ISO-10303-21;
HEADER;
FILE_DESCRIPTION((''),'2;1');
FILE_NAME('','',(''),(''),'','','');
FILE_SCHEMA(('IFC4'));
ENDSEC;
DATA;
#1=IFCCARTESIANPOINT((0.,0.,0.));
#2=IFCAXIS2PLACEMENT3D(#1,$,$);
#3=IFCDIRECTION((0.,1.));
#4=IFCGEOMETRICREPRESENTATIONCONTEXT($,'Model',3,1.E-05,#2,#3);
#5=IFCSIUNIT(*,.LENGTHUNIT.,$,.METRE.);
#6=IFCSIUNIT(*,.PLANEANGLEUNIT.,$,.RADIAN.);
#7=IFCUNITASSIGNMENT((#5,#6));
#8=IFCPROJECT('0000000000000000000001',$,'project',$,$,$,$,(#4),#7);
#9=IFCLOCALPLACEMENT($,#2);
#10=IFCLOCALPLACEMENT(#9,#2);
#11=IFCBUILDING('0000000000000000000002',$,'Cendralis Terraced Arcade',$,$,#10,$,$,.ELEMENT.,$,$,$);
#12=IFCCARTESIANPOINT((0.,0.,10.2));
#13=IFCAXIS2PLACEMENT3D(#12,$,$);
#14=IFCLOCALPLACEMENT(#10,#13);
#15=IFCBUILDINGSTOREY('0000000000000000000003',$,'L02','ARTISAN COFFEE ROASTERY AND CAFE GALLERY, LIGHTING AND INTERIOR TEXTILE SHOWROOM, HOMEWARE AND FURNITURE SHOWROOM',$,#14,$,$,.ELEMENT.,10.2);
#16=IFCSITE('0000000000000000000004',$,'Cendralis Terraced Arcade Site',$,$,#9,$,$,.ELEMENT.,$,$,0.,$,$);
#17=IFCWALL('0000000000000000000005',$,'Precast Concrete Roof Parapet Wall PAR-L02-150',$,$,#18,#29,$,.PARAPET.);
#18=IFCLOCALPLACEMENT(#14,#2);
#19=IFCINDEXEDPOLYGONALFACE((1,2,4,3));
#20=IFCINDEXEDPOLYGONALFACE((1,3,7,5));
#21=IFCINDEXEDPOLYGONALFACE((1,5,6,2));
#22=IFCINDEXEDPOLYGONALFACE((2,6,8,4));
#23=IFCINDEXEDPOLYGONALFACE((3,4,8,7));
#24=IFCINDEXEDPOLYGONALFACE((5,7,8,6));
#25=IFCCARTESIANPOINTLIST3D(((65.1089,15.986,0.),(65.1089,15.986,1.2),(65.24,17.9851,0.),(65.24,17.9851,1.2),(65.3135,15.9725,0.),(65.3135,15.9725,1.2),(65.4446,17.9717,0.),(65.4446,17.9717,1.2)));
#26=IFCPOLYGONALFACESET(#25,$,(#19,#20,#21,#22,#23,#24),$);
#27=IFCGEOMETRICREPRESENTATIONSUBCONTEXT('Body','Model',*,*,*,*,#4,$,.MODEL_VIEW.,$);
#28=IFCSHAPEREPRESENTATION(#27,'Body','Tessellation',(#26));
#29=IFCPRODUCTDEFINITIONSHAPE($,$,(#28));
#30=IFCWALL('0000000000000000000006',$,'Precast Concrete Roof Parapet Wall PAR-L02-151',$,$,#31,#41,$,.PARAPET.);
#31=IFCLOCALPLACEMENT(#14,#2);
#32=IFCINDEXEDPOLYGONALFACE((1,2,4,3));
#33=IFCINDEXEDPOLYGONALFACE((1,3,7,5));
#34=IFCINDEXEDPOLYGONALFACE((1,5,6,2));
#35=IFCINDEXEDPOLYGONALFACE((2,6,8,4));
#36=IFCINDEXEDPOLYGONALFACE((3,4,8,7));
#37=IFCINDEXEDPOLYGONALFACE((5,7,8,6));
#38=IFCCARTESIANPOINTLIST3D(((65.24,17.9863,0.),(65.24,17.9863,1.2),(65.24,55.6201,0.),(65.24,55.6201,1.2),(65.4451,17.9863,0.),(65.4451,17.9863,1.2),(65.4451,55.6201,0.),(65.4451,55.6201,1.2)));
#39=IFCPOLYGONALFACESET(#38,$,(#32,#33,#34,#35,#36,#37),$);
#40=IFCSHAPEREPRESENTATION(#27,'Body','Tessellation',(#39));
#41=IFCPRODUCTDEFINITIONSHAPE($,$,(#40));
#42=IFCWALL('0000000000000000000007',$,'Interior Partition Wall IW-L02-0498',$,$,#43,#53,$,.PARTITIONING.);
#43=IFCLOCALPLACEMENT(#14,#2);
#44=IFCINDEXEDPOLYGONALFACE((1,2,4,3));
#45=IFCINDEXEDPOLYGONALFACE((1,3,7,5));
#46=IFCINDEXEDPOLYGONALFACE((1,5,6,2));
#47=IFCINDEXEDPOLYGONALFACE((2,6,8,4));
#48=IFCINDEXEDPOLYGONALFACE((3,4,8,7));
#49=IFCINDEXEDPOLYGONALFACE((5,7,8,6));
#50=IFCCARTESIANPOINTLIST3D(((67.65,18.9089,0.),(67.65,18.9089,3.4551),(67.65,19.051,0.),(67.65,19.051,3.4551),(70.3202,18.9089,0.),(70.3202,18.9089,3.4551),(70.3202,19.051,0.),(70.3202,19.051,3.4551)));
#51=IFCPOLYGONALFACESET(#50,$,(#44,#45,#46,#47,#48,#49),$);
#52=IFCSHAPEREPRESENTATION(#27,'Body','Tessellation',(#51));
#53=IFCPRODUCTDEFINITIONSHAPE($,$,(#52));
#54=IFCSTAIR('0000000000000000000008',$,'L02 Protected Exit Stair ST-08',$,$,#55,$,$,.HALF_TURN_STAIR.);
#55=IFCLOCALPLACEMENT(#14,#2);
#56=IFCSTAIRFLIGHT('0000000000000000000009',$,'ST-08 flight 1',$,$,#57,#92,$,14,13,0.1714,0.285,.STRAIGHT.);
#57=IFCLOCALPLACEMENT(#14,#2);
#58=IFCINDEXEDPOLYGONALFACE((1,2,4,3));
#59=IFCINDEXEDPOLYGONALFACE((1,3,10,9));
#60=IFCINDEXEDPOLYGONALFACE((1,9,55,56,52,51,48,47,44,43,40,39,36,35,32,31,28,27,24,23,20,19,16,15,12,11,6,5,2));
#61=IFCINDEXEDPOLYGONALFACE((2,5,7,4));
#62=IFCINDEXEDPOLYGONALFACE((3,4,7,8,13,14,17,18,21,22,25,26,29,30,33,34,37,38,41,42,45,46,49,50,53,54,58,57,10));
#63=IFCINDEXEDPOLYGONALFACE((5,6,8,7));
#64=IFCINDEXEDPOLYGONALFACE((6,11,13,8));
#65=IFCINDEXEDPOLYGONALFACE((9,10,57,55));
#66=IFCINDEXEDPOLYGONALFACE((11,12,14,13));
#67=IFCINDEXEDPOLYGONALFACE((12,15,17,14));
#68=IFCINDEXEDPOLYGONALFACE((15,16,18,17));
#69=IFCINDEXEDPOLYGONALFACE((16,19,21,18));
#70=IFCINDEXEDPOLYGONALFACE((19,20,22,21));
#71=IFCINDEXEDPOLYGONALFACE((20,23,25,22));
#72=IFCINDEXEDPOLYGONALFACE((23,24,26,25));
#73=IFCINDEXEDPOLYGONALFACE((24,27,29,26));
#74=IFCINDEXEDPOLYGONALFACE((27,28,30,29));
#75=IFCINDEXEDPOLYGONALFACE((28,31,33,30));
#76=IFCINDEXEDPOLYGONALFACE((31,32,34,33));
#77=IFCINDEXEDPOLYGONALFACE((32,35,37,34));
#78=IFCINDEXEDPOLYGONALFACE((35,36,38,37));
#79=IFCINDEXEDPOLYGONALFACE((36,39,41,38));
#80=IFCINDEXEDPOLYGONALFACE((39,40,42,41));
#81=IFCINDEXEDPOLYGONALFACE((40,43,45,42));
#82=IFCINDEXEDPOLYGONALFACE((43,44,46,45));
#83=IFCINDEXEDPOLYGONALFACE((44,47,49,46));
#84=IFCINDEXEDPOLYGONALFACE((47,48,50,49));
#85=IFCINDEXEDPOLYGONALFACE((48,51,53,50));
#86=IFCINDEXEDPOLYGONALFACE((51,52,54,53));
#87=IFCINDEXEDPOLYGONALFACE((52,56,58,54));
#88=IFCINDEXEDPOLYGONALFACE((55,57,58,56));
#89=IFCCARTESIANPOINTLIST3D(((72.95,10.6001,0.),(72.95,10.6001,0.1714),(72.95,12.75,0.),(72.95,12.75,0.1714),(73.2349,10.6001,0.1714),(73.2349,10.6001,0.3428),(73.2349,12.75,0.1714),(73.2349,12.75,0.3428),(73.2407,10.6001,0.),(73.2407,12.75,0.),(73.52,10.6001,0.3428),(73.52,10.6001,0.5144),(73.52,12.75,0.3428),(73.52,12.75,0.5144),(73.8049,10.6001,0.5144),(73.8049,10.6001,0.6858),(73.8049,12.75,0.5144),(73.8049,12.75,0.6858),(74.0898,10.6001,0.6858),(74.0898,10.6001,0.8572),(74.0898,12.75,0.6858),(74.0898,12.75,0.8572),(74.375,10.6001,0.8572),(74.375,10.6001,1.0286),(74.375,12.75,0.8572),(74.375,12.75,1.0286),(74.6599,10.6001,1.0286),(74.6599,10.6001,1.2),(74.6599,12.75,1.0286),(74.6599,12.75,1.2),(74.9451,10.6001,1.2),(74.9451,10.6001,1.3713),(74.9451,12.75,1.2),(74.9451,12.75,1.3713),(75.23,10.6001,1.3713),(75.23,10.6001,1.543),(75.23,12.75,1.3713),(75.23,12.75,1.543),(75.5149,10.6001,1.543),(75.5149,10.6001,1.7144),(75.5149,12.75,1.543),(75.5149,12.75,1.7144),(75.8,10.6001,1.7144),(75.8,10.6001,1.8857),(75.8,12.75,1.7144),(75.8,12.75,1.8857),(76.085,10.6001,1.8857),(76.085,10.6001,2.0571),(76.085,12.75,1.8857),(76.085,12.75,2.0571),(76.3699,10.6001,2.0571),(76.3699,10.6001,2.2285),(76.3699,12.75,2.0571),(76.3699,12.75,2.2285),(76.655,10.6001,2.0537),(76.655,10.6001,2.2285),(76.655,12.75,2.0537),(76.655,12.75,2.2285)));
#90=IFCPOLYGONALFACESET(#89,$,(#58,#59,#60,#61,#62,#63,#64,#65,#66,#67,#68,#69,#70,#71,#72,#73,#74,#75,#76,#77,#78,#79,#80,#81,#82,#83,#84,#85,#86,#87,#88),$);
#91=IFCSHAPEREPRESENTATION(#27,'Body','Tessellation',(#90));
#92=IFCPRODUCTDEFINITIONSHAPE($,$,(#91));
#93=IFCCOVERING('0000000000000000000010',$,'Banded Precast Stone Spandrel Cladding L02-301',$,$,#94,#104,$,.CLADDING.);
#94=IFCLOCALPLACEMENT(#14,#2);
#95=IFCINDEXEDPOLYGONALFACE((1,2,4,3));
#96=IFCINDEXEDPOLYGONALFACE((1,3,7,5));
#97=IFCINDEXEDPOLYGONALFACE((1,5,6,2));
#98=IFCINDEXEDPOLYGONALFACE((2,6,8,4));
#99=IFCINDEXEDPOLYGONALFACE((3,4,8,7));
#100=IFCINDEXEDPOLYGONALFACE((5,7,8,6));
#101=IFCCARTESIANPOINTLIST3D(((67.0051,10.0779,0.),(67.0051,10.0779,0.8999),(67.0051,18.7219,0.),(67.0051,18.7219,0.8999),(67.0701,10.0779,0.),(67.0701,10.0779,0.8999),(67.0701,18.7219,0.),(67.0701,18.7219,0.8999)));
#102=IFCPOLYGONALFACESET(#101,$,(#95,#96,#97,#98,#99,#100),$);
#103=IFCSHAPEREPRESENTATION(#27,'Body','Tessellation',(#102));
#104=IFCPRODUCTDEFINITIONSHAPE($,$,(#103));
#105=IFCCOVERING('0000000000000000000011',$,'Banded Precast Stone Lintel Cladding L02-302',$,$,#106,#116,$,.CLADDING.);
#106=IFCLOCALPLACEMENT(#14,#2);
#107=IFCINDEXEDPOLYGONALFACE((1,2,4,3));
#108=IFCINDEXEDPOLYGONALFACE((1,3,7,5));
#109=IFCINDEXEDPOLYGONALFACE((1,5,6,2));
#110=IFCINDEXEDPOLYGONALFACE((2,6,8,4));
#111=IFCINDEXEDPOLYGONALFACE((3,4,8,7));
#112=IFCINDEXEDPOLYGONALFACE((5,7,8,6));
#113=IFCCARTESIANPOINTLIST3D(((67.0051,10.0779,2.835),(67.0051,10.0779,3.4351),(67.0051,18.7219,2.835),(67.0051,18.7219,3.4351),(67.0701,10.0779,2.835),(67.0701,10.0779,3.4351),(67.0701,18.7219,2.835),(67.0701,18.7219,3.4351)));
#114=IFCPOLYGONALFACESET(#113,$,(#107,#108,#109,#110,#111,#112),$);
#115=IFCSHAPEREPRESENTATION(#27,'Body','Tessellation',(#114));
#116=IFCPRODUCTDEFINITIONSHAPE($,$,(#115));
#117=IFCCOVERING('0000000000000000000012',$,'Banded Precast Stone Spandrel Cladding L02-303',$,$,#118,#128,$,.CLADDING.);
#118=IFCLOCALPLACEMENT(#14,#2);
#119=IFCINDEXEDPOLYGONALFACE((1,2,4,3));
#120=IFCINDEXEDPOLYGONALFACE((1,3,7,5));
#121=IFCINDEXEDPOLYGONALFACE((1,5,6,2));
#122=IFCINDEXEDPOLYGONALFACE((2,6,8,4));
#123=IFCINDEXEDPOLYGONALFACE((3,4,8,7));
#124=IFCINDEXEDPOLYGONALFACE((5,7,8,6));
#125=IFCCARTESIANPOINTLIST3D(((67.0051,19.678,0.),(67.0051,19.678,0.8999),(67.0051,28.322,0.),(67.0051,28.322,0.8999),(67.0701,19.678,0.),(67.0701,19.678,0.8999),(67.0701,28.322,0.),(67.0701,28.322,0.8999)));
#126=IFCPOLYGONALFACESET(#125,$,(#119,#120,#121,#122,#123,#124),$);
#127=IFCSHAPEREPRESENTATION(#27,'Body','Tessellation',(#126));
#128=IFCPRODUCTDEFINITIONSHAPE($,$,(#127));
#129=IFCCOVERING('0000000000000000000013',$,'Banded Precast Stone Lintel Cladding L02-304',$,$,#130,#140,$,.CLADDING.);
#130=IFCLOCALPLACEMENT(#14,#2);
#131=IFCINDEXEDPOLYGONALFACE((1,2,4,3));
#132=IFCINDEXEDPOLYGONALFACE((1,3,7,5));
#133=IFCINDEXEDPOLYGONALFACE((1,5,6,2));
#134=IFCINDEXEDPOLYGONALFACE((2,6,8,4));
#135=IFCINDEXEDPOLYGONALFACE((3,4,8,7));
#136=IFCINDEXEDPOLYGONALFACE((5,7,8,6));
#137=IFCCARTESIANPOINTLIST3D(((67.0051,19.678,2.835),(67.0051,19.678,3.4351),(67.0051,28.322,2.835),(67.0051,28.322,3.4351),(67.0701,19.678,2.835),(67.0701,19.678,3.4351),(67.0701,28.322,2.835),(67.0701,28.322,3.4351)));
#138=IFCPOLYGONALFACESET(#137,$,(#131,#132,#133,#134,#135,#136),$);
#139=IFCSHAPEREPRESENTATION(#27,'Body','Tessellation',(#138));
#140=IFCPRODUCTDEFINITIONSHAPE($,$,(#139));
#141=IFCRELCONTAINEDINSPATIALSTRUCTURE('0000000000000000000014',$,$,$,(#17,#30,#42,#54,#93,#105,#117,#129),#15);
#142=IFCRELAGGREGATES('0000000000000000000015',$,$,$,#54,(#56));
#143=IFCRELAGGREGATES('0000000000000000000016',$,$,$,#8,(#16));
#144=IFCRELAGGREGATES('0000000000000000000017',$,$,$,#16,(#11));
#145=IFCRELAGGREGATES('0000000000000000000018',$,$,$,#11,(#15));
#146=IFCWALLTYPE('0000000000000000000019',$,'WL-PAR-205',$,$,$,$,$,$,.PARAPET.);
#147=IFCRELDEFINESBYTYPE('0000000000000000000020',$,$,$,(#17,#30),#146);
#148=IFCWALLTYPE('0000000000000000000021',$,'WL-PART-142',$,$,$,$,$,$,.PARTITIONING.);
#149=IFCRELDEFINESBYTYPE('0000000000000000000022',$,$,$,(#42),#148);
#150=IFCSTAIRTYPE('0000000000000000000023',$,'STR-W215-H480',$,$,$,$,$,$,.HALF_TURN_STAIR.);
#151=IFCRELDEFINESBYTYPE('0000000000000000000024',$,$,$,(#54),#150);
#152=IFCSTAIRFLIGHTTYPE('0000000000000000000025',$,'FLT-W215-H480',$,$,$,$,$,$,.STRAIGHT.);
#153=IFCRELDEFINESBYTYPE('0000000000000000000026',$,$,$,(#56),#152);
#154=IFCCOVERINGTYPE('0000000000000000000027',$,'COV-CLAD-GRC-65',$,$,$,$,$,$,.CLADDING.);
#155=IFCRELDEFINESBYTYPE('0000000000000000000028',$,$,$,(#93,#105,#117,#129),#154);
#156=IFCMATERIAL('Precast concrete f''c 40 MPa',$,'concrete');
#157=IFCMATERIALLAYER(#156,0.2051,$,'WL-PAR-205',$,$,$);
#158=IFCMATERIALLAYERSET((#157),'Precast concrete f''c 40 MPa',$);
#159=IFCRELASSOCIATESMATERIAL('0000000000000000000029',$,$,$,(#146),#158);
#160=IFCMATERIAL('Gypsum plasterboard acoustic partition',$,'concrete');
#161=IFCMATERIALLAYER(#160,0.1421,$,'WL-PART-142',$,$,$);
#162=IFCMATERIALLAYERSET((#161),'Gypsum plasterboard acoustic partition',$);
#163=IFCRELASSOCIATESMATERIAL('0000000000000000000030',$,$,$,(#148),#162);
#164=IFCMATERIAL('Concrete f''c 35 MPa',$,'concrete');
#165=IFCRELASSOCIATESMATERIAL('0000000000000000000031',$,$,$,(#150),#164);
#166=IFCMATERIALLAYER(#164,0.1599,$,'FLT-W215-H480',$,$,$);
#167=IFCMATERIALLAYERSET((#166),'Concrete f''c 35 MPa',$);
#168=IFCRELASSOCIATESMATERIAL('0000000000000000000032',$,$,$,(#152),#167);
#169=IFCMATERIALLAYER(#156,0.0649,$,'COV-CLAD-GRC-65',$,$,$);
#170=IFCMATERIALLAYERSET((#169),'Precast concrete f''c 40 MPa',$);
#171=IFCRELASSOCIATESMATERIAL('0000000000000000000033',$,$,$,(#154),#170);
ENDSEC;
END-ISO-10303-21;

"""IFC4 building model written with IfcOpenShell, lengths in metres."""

from ifc_helpers import new_model, si_unit, direction, frame, frame_2d, origin, origin_2d, place, context, subcontext, project, spatial, polyline, rectangle, outline, extrude, material, layer, layer_set, type_object, element, aggregate, save


model = new_model("IFC4")

# Units and contexts
model_context = context("Model", 3, precision=1e-05, world=origin(), true_north=direction((0.0, 1.0)))
body_context = subcontext(model_context, "Body", "Model", "MODEL_VIEW")
ifc_project = project(units=[si_unit("LENGTHUNIT", "METRE"), si_unit("PLANEANGLEUNIT", "RADIAN")], contexts=[model_context])

# Site, building, storey
site_placement = place(None, origin())
site = spatial("IfcSite", under=ifc_project, at=site_placement, Name="Cendralis Terraced Arcade Site", CompositionType="ELEMENT", RefElevation=0.0)
building_placement = place(site_placement, origin())
building = spatial("IfcBuilding", under=site, at=building_placement, Name="Cendralis Terraced Arcade", CompositionType="ELEMENT")
storey_placement = place(building_placement, frame((0.0, 0.0, 10.2)))
storey = spatial("IfcBuildingStorey", under=building, at=storey_placement, Name="L02", Description="ARTISAN COFFEE ROASTERY AND CAFE GALLERY, LIGHTING AND INTERIOR TEXTILE SHOWROOM, HOMEWARE AND FURNITURE SHOWROOM", CompositionType="ELEMENT", Elevation=10.2)

# Shared definitions
ifc_material_1 = material(Name="Concrete f'c 35 MPa", Category="concrete")

# Walls
ifc_material_2 = material(Name="Precast concrete f'c 40 MPa", Category="concrete")
ifc_layer_1 = layer(ifc_material_2, 0.2051, Name="WL-PAR-205")
ifc_layer_set_1 = layer_set([ifc_layer_1], Name="Precast concrete f'c 40 MPa")
wall_type_1 = type_object("IfcWallType", Name="WL-PAR-205", PredefinedType="PARAPET", material=ifc_layer_set_1)
wall_1_placement = place(storey_placement, frame((65.2112, 15.9792, 0.0), z_axis=(0.0, 0.0, 1.0), x_axis=(0.065443, 0.997856, 0.0)))
element("IfcWall", 1, at=wall_1_placement, inside=storey, type_object=wall_type_1, Name="Precast Concrete Roof Parapet Wall PAR-L02-150", PredefinedType="PARAPET", context=body_context, shape_type="SweptSolid", body=[
    extrude(rectangle(XDim=2.0034, YDim=0.2051, at=frame_2d((1.0017, 0.0))), origin(), (0.0, 0.0, 1.0), 1.2),
])
wall_2_placement = place(storey_placement, frame((65.3425, 17.9863, 0.0), z_axis=(0.0, 0.0, 1.0), x_axis=(0.0, 1.0, 0.0)))
element("IfcWall", 2, at=wall_2_placement, inside=storey, type_object=wall_type_1, Name="Precast Concrete Roof Parapet Wall PAR-L02-151", PredefinedType="PARAPET", context=body_context, shape_type="SweptSolid", body=[
    extrude(rectangle(XDim=37.6338, YDim=0.2051, at=frame_2d((18.8169, 0.0))), origin(), (0.0, 0.0, 1.0), 1.2),
])
ifc_material_3 = material(Name="Gypsum plasterboard acoustic partition", Category="concrete")
ifc_layer_2 = layer(ifc_material_3, 0.1421, Name="WL-PART-142")
ifc_layer_set_2 = layer_set([ifc_layer_2], Name="Gypsum plasterboard acoustic partition")
wall_type_2 = type_object("IfcWallType", Name="WL-PART-142", PredefinedType="PARTITIONING", material=ifc_layer_set_2)
wall_3_placement = place(storey_placement, frame((70.3201, 18.98, 0.0), z_axis=(0.0, 0.0, 1.0), x_axis=(-1.0, 0.0, 0.0)))
element("IfcWall", 3, at=wall_3_placement, inside=storey, type_object=wall_type_2, Name="Interior Partition Wall IW-L02-0498", PredefinedType="PARTITIONING", context=body_context, shape_type="SweptSolid", body=[
    extrude(rectangle(XDim=2.6702, YDim=0.1421, at=frame_2d((1.335, 0.0))), origin(), (0.0, 0.0, 1.0), 3.4551),
])

# Stair, stair flight
stair_type = type_object("IfcStairType", Name="STR-W215-H480", PredefinedType="HALF_TURN_STAIR", material=ifc_material_1)
stair_placement = place(storey_placement, origin())
stair = element("IfcStair", 4, at=stair_placement, inside=storey, type_object=stair_type, Name="L02 Protected Exit Stair ST-08", PredefinedType="HALF_TURN_STAIR")
ifc_layer_3 = layer(ifc_material_1, 0.1599, Name="FLT-W215-H480")
ifc_layer_set_3 = layer_set([ifc_layer_3], Name="Concrete f'c 35 MPa")
stair_flight_type = type_object("IfcStairFlightType", Name="FLT-W215-H480", PredefinedType="STRAIGHT", material=ifc_layer_set_3)
stair_flight_placement = place(storey_placement, frame((72.95, 11.675, 0.0), z_axis=(0.0, 0.0, 1.0), x_axis=(1.0, 0.0, 0.0)))
stair_flight = element("IfcStairFlight", 5, at=stair_flight_placement, type_object=stair_flight_type, Name="ST-08 flight 1", NumberOfRisers=14, NumberOfTreads=13, PredefinedType="STRAIGHT", RiserHeight=0.1714, TreadLength=0.285, context=body_context, shape_type="SweptSolid", body=[
    extrude(outline(polyline([(0.0, 0.0), (0.0, 0.1714), (0.2849, 0.1714), (0.2849, 0.3428), (0.5701, 0.3428), (0.5701, 0.5144), (0.855, 0.5144), (0.855, 0.6858), (1.1399, 0.6858), (1.1399, 0.8572), (1.425, 0.8572), (1.425, 1.0286), (1.71, 1.0286), (1.71, 1.2), (1.9951, 1.2), (1.9951, 1.3713), (2.28, 1.3713), (2.28, 1.543), (2.5649, 1.543), (2.5649, 1.7144), (2.8501, 1.7144), (2.8501, 1.8857), (3.135, 1.8857), (3.135, 2.0571), (3.4199, 2.0571), (3.4199, 2.2285), (3.7051, 2.2285), (3.7051, 2.3999), (3.7051, 2.0537), (0.2908, 0.0), (0.0, 0.0)])), frame((0.0, 1.075, 0.0), z_axis=(0.0, -1.0, 0.0), x_axis=(1.0, 0.0, 0.0)), (0.0, 0.0, 1.0), 2.1499),
])
aggregate(stair, [stair_flight])

# Coverings
ifc_layer_4 = layer(ifc_material_2, 0.0649, Name="COV-CLAD-GRC-65")
ifc_layer_set_4 = layer_set([ifc_layer_4], Name="Precast concrete f'c 40 MPa")
covering_type = type_object("IfcCoveringType", Name="COV-CLAD-GRC-65", PredefinedType="CLADDING", material=ifc_layer_set_4)
covering_1_placement = place(storey_placement, frame((67.0376, 14.3999, 0.0), z_axis=(0.0, 0.0, 1.0), x_axis=(0.0, 1.0, 0.0)))
element("IfcCovering", 6, at=covering_1_placement, inside=storey, type_object=covering_type, Name="Banded Precast Stone Spandrel Cladding L02-301", PredefinedType="CLADDING", context=body_context, shape_type="SweptSolid", body=[
    extrude(rectangle(XDim=8.644, YDim=0.0649, at=origin_2d()), origin(), (0.0, 0.0, 1.0), 0.8999),
])
covering_2_placement = place(storey_placement, frame((67.0376, 14.3999, 2.835), z_axis=(0.0, 0.0, 1.0), x_axis=(0.0, 1.0, 0.0)))
element("IfcCovering", 7, at=covering_2_placement, inside=storey, type_object=covering_type, Name="Banded Precast Stone Lintel Cladding L02-302", PredefinedType="CLADDING", context=body_context, shape_type="SweptSolid", body=[
    extrude(rectangle(XDim=8.644, YDim=0.0649, at=origin_2d()), origin(), (0.0, 0.0, 1.0), 0.6001),
])
covering_3_placement = place(storey_placement, frame((67.0376, 24.0, 0.0), z_axis=(0.0, 0.0, 1.0), x_axis=(0.0, 1.0, 0.0)))
element("IfcCovering", 8, at=covering_3_placement, inside=storey, type_object=covering_type, Name="Banded Precast Stone Spandrel Cladding L02-303", PredefinedType="CLADDING", context=body_context, shape_type="SweptSolid", body=[
    extrude(rectangle(XDim=8.644, YDim=0.0649, at=origin_2d()), origin(), (0.0, 0.0, 1.0), 0.8999),
])
covering_4_placement = place(storey_placement, frame((67.0376, 24.0, 2.835), z_axis=(0.0, 0.0, 1.0), x_axis=(0.0, 1.0, 0.0)))
element("IfcCovering", 9, at=covering_4_placement, inside=storey, type_object=covering_type, Name="Banded Precast Stone Lintel Cladding L02-304", PredefinedType="CLADDING", context=body_context, shape_type="SweptSolid", body=[
    extrude(rectangle(XDim=8.644, YDim=0.0649, at=origin_2d()), origin(), (0.0, 0.0, 1.0), 0.6001),
])

save(model, "model.ifc")
